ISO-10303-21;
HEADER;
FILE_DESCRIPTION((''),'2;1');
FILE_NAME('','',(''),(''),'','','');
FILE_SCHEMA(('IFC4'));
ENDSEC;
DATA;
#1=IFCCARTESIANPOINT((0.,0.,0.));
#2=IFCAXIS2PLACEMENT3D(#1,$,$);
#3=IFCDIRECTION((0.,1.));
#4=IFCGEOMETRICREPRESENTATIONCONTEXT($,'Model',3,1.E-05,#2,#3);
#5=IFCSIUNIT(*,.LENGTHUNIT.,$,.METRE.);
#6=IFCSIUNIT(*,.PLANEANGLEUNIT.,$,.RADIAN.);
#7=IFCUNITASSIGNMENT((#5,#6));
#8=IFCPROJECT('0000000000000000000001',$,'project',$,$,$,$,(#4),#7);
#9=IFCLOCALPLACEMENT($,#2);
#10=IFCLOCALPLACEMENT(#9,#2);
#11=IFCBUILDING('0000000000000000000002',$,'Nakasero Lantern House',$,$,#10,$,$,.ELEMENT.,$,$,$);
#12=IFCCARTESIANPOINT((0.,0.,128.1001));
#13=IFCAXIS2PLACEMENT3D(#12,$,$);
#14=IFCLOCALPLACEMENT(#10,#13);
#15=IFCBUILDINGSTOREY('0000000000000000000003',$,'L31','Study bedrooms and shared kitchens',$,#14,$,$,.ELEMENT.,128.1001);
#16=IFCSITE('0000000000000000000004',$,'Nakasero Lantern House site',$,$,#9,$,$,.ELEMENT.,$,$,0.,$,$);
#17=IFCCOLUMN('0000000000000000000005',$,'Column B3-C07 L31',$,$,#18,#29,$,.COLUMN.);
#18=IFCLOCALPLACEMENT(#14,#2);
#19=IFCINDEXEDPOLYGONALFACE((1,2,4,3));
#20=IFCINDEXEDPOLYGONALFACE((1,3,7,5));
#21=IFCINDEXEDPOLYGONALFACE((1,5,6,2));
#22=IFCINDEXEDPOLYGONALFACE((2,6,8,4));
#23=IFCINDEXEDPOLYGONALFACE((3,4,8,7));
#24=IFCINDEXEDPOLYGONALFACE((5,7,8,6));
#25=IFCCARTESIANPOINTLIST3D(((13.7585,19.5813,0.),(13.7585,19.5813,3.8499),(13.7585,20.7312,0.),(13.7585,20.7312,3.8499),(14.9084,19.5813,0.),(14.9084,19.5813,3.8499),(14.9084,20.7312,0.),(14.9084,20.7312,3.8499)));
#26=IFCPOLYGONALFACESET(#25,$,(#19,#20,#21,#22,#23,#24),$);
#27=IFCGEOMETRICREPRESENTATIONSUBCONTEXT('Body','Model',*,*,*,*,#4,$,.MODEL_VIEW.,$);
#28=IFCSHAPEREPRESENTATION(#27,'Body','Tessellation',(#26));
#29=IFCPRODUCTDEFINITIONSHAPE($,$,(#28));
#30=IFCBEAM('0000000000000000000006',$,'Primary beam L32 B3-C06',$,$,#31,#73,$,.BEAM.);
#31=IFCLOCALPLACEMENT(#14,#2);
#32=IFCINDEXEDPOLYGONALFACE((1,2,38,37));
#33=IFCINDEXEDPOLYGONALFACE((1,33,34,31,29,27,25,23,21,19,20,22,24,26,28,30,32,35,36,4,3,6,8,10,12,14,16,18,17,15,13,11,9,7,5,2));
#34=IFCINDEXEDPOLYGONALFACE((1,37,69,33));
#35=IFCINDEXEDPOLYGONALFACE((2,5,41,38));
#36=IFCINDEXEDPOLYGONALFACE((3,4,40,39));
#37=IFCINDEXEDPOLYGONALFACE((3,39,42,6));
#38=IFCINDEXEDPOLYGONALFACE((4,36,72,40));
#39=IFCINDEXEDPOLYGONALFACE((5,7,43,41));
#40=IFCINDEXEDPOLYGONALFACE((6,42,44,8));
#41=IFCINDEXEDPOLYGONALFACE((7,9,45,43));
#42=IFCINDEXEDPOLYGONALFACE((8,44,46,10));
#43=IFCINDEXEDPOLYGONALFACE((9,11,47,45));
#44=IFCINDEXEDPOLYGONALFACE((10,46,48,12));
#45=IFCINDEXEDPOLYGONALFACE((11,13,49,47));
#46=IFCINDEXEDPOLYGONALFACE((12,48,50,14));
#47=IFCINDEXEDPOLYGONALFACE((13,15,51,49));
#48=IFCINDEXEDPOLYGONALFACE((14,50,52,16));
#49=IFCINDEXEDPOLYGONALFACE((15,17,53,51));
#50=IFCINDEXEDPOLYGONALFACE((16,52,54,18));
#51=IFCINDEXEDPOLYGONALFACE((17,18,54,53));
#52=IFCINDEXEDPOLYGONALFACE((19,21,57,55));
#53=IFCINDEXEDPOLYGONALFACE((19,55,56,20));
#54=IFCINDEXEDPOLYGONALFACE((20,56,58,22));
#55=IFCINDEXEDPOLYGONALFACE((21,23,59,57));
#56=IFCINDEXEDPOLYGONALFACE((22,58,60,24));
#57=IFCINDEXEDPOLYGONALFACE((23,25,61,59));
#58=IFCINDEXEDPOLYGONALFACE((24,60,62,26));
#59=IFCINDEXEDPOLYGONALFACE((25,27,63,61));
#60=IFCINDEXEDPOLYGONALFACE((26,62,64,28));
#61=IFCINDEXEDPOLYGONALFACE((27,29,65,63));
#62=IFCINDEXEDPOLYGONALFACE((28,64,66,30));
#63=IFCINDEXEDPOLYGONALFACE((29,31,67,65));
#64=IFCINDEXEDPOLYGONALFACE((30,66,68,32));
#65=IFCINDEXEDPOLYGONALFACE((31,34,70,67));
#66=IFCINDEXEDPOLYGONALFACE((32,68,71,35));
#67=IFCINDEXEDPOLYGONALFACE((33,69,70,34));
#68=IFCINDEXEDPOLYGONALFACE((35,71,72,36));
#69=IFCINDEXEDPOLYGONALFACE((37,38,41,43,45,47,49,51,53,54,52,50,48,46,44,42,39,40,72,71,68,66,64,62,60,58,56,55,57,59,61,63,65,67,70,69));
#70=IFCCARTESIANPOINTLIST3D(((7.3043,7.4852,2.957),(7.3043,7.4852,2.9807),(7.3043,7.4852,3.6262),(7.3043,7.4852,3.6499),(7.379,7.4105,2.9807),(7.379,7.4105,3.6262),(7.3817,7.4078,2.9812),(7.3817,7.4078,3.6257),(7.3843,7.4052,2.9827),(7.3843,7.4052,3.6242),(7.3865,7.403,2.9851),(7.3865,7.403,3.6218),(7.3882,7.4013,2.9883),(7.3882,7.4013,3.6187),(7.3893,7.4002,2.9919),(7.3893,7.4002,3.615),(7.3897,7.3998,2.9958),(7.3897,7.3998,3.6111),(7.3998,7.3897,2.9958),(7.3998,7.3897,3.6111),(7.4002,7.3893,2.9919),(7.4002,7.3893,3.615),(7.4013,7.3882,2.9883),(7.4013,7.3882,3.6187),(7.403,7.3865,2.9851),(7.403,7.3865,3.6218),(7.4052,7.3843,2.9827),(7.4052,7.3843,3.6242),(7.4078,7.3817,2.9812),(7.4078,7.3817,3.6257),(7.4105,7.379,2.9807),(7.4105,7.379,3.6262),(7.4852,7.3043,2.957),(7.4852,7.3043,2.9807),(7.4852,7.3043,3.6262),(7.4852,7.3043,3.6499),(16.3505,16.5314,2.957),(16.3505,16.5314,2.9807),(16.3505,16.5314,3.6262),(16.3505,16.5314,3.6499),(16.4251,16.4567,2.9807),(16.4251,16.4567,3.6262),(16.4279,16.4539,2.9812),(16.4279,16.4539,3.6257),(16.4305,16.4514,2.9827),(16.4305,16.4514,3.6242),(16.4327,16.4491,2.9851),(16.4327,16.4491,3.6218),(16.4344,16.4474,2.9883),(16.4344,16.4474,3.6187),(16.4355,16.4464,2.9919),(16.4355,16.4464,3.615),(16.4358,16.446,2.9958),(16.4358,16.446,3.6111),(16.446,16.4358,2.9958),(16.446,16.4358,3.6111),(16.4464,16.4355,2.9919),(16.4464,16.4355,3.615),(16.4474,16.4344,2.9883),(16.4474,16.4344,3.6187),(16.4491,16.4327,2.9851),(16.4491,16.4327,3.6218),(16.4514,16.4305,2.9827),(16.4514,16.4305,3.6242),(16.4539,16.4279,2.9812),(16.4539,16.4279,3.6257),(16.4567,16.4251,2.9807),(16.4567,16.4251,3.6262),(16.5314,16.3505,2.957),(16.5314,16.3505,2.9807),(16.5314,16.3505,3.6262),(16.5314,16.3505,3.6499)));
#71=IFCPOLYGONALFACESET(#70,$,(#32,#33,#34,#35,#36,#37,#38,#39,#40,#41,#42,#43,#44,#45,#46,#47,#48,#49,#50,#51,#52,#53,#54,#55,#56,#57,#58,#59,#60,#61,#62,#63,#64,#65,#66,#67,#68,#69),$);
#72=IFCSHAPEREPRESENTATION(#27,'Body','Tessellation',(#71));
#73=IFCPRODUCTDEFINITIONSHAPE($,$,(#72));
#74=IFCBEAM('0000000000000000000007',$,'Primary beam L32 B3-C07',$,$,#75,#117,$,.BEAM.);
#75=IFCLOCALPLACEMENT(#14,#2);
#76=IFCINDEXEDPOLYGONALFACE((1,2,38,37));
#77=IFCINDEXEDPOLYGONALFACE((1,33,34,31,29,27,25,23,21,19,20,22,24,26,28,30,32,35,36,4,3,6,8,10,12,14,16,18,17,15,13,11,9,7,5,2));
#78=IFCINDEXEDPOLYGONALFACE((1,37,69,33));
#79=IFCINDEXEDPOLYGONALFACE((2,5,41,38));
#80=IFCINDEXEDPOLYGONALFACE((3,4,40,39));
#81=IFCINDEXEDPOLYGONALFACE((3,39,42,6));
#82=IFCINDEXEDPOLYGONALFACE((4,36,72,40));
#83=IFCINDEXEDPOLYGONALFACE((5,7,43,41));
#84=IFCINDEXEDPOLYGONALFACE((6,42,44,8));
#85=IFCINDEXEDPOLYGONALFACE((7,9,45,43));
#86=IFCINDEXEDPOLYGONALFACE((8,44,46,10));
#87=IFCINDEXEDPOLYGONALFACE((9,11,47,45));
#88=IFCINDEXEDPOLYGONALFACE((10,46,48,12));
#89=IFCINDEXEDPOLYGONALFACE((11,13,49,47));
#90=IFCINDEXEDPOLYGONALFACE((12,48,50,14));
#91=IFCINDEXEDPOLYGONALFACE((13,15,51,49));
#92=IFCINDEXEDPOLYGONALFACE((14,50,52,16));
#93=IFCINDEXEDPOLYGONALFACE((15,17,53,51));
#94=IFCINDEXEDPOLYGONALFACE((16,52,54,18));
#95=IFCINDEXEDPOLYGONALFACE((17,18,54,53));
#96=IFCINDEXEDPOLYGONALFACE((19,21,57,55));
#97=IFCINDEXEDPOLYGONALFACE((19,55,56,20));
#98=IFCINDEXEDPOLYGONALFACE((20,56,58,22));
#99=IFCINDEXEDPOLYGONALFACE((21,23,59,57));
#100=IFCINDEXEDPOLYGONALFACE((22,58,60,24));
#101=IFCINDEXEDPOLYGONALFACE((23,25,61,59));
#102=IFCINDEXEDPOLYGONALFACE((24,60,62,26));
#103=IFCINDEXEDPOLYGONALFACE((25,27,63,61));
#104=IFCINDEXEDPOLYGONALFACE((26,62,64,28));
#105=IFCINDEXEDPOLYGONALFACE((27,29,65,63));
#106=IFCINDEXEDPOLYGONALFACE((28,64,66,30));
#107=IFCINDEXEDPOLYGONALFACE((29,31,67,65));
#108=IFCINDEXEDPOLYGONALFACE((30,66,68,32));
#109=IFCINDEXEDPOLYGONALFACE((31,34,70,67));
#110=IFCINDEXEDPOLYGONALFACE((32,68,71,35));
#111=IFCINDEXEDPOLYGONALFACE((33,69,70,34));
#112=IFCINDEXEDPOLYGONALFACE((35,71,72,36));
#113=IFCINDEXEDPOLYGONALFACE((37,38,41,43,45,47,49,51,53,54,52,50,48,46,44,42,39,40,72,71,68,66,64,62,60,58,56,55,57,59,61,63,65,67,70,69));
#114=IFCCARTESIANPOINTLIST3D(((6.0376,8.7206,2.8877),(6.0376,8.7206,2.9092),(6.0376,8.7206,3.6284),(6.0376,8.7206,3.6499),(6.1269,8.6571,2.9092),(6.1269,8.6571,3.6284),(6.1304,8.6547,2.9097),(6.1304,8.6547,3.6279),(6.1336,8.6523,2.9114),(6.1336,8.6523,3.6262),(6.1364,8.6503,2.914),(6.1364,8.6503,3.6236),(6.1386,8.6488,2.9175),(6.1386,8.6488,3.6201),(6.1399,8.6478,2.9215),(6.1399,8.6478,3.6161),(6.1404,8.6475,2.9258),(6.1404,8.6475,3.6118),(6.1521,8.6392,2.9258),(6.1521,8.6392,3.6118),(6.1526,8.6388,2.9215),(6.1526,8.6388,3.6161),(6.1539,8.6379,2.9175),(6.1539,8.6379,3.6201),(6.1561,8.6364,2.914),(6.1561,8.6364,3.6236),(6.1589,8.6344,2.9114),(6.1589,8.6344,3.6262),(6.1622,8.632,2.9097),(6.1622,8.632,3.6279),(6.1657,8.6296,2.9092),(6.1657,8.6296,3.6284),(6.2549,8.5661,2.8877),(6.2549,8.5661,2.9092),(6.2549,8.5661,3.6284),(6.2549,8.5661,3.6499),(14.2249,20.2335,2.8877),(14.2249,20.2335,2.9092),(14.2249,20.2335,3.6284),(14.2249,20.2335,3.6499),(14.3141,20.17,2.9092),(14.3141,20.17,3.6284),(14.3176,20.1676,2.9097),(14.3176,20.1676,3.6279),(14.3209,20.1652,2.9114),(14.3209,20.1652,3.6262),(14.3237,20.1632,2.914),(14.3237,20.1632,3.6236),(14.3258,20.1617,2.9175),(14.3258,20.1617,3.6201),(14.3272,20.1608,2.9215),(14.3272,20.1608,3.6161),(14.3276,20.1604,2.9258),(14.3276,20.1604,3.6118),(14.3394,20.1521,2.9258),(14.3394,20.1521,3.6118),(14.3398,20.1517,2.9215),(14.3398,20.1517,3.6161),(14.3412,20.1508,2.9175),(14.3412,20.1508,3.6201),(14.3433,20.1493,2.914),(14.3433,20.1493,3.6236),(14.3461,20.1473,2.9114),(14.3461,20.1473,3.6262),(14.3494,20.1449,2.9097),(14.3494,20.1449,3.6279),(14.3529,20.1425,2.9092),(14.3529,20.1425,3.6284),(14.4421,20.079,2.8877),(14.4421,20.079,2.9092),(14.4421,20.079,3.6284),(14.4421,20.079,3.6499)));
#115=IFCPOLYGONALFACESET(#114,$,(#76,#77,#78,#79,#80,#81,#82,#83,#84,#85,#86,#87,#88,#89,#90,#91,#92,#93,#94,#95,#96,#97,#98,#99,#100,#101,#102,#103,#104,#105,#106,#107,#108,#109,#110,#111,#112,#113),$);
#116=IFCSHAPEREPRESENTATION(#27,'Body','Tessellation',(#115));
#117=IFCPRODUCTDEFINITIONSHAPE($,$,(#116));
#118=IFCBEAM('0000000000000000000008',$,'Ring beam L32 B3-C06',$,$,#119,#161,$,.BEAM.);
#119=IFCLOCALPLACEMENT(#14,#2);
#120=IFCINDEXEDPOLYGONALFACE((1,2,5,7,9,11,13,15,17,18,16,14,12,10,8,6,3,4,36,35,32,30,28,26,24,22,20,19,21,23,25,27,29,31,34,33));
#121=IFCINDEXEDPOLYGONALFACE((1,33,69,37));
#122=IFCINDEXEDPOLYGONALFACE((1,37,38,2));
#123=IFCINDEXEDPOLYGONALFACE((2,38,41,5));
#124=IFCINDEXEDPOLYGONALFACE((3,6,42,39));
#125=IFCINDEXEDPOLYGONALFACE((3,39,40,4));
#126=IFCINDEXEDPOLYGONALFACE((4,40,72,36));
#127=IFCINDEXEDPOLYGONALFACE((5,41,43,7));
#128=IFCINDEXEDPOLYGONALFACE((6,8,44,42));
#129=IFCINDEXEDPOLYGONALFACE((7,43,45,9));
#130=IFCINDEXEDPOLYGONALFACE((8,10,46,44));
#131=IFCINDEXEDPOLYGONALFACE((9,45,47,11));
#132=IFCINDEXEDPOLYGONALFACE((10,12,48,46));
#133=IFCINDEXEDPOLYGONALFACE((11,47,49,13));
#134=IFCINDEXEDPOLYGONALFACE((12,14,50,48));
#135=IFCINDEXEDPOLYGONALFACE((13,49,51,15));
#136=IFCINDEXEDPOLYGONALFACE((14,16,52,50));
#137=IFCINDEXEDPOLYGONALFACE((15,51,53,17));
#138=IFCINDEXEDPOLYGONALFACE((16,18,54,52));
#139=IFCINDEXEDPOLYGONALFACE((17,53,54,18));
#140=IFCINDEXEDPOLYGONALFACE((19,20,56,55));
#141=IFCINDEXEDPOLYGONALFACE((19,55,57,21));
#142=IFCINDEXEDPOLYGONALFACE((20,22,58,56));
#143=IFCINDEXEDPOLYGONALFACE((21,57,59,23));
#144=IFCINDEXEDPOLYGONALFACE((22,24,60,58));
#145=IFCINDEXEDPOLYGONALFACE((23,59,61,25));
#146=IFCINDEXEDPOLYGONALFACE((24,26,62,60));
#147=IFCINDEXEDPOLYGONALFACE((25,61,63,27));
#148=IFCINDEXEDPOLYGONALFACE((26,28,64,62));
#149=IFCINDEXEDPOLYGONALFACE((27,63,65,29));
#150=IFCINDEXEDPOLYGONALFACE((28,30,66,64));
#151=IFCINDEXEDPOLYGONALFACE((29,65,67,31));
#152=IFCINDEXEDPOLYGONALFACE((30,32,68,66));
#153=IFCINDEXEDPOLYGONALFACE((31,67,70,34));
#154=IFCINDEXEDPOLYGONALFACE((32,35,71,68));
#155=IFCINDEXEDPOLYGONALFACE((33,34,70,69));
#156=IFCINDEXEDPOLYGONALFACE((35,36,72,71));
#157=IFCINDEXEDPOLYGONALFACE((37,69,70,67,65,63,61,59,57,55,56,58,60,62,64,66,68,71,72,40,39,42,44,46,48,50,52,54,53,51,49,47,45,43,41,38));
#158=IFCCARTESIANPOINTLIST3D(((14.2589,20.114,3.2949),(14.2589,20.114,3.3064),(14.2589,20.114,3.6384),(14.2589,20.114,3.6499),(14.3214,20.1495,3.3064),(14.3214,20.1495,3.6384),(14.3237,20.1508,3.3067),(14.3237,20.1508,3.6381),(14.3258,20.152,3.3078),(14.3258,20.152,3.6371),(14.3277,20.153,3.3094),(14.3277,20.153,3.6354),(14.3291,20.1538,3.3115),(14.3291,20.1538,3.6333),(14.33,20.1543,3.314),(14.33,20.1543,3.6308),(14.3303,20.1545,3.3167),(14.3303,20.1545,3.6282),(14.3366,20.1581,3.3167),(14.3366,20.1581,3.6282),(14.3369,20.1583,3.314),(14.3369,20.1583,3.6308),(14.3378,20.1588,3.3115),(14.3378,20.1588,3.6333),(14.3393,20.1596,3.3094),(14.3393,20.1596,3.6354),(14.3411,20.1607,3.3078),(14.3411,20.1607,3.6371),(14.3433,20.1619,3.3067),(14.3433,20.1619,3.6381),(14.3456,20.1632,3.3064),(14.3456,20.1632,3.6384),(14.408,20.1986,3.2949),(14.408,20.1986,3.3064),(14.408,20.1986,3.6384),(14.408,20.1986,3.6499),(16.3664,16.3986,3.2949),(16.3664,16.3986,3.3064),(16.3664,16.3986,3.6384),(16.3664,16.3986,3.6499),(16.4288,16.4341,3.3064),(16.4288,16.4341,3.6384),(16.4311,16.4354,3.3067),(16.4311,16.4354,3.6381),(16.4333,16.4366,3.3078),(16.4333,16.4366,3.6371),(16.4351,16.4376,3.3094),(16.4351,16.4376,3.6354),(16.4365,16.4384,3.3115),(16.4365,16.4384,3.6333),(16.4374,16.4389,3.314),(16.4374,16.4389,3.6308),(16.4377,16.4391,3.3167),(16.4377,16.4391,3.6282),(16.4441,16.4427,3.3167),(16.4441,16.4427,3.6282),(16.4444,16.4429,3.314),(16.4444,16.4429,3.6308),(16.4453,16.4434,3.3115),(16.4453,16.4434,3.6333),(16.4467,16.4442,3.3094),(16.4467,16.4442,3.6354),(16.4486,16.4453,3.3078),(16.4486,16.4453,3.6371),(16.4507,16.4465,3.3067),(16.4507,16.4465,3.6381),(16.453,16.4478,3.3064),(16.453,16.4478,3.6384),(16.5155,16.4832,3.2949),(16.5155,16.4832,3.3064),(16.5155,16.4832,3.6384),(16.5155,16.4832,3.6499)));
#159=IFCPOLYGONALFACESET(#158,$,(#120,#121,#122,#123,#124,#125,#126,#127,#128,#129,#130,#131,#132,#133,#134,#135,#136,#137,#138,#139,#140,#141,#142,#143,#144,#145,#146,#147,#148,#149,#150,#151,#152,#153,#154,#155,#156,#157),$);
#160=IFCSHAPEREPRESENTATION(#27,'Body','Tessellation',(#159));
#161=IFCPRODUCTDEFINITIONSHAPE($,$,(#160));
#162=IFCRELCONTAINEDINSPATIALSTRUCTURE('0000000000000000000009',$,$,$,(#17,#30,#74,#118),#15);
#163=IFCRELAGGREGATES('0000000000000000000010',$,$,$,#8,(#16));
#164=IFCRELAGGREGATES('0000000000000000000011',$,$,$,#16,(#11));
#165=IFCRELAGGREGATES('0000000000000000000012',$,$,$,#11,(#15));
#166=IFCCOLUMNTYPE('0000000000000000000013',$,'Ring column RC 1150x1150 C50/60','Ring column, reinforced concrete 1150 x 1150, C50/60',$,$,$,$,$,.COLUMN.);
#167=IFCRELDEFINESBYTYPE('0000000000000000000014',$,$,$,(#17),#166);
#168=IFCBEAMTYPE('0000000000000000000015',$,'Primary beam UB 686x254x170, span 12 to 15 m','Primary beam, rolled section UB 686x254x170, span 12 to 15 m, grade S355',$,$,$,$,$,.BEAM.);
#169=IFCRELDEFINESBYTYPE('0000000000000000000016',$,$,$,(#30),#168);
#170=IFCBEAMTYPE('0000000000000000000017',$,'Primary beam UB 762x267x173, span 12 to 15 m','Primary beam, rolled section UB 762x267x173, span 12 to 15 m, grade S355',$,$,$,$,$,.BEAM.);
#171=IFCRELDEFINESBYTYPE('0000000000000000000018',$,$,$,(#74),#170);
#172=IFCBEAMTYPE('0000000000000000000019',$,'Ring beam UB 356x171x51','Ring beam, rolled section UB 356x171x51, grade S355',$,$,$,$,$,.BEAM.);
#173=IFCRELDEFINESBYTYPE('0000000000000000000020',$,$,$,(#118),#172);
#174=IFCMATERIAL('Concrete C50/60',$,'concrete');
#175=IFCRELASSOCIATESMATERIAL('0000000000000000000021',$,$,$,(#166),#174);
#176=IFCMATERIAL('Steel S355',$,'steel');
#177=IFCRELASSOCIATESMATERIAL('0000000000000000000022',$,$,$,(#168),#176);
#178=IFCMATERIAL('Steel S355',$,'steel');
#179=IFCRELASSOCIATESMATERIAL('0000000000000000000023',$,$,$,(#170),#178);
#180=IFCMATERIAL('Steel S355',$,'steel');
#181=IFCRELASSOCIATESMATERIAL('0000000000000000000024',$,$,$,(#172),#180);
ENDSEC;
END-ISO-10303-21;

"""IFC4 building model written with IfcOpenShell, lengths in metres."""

from ifc_helpers import new_model, si_unit, direction, frame, origin, origin_2d, place, context, subcontext, project, spatial, rectangle, i_section, extrude, material, material_profile, profile_set, type_object, element, save


model = new_model("IFC4")

# Units and contexts
model_context = context("Model", 3, precision=1e-05, world=origin(), true_north=direction((0.0, 1.0)))
body_context = subcontext(model_context, "Body", "Model", "MODEL_VIEW")
ifc_project = project(units=[si_unit("LENGTHUNIT", "METRE"), si_unit("PLANEANGLEUNIT", "RADIAN")], contexts=[model_context])

# Site, building, storey
site_placement = place(None, origin())
site = spatial("IfcSite", under=ifc_project, at=site_placement, Name="Nakasero Lantern House site", CompositionType="ELEMENT", RefElevation=0.0)
building_placement = place(site_placement, origin())
building = spatial("IfcBuilding", under=site, at=building_placement, Name="Nakasero Lantern House", CompositionType="ELEMENT")
storey_placement = place(building_placement, frame((0.0, 0.0, 128.1001)))
storey = spatial("IfcBuildingStorey", under=building, at=storey_placement, Name="L31", Description="Study bedrooms and shared kitchens", CompositionType="ELEMENT", Elevation=128.1001)

# Column
ifc_material_1 = material(Name="Concrete C50/60", Category="concrete")
ifc_material_profile_1 = material_profile(ifc_material_1, rectangle(XDim=1.1499, YDim=1.1499, at=origin_2d()), Name="RC 1150x1150")
ifc_profile_set_1 = profile_set([ifc_material_profile_1], Name="Concrete C50/60")
column_type = type_object("IfcColumnType", Name="Ring column RC 1150x1150 C50/60", Description="Ring column, reinforced concrete 1150 x 1150, C50/60", PredefinedType="COLUMN", material=ifc_profile_set_1)
column_placement = place(storey_placement, frame((14.3335, 20.1562, 0.0), z_axis=(0.0, 0.0, 1.0), x_axis=(1.0, 0.0, 0.0)))
element("IfcColumn", 1, at=column_placement, inside=storey, type_object=column_type, Name="Column B3-C07 L31", PredefinedType="COLUMN", context=body_context, shape_type="SweptSolid", body=[
    extrude(rectangle(XDim=1.1499, YDim=1.1499, at=origin_2d()), origin(), (0.0, 0.0, 1.0), 3.8499),
])

# Beams
ifc_material_2 = material(Name="Steel S355", Category="steel")
ifc_material_profile_2 = material_profile(ifc_material_2, i_section(OverallWidth=0.2559, OverallDepth=0.6929, WebThickness=0.0144, FlangeThickness=0.0237, FilletRadius=0.0151, at=origin_2d()), Name="UB 686x254x170")
ifc_profile_set_2 = profile_set([ifc_material_profile_2], Name="Steel S355")
beam_type_1 = type_object("IfcBeamType", Name="Primary beam UB 686x254x170, span 12 to 15 m", Description="Primary beam, rolled section UB 686x254x170, span 12 to 15 m, grade S355", PredefinedType="BEAM", material=ifc_profile_set_2)
beam_1_placement = place(storey_placement, frame((16.4409, 16.4409, 3.3035), z_axis=(-0.707107, -0.707107, 0.0), x_axis=(0.707107, -0.707107, 0.0)))
element("IfcBeam", 2, at=beam_1_placement, inside=storey, type_object=beam_type_1, Name="Primary beam L32 B3-C06", PredefinedType="BEAM", context=body_context, shape_type="SweptSolid", body=[
    extrude(i_section(OverallWidth=0.2559, OverallDepth=0.6929, WebThickness=0.0144, FlangeThickness=0.0237, FilletRadius=0.0151, at=origin_2d()), origin(), (0.0, 0.0, 1.0), 12.7932),
])
ifc_material_3 = material(Name="Steel S355", Category="steel")
ifc_material_profile_3 = material_profile(ifc_material_3, i_section(OverallWidth=0.2666, OverallDepth=0.7622, WebThickness=0.0144, FlangeThickness=0.0215, FilletRadius=0.0166, at=origin_2d()), Name="UB 762x267x173")
ifc_profile_set_3 = profile_set([ifc_material_profile_3], Name="Steel S355")
beam_type_2 = type_object("IfcBeamType", Name="Primary beam UB 762x267x173, span 12 to 15 m", Description="Primary beam, rolled section UB 762x267x173, span 12 to 15 m, grade S355", PredefinedType="BEAM", material=ifc_profile_set_3)
beam_2_placement = place(storey_placement, frame((14.3335, 20.1562, 3.2688), z_axis=(-0.579537, -0.814946, 0.0), x_axis=(0.814946, -0.579537, 0.0)))
element("IfcBeam", 3, at=beam_2_placement, inside=storey, type_object=beam_type_2, Name="Primary beam L32 B3-C07", PredefinedType="BEAM", context=body_context, shape_type="SweptSolid", body=[
    extrude(i_section(OverallWidth=0.2666, OverallDepth=0.7622, WebThickness=0.0144, FlangeThickness=0.0215, FilletRadius=0.0166, at=origin_2d()), origin(), (0.0, 0.0, 1.0), 14.1272),
])
ifc_material_4 = material(Name="Steel S355", Category="steel")
ifc_material_profile_4 = material_profile(ifc_material_4, i_section(OverallWidth=0.1714, OverallDepth=0.355, WebThickness=0.0073, FlangeThickness=0.0115, FilletRadius=0.0103, at=origin_2d()), Name="UB 356x171x51")
ifc_profile_set_4 = profile_set([ifc_material_profile_4], Name="Steel S355")
beam_type_3 = type_object("IfcBeamType", Name="Ring beam UB 356x171x51", Description="Ring beam, rolled section UB 356x171x51, grade S355", PredefinedType="BEAM", material=ifc_profile_set_4)
beam_3_placement = place(storey_placement, frame((16.4409, 16.4409, 3.4724), z_axis=(-0.493379, 0.869815, 0.0), x_axis=(-0.869815, -0.493379, 0.0)))
element("IfcBeam", 4, at=beam_3_placement, inside=storey, type_object=beam_type_3, Name="Ring beam L32 B3-C06", PredefinedType="BEAM", context=body_context, shape_type="SweptSolid", body=[
    extrude(i_section(OverallWidth=0.1714, OverallDepth=0.355, WebThickness=0.0073, FlangeThickness=0.0115, FilletRadius=0.0103, at=origin_2d()), origin(), (0.0, 0.0, 1.0), 4.2715),
])

save(model, "model.ifc")
